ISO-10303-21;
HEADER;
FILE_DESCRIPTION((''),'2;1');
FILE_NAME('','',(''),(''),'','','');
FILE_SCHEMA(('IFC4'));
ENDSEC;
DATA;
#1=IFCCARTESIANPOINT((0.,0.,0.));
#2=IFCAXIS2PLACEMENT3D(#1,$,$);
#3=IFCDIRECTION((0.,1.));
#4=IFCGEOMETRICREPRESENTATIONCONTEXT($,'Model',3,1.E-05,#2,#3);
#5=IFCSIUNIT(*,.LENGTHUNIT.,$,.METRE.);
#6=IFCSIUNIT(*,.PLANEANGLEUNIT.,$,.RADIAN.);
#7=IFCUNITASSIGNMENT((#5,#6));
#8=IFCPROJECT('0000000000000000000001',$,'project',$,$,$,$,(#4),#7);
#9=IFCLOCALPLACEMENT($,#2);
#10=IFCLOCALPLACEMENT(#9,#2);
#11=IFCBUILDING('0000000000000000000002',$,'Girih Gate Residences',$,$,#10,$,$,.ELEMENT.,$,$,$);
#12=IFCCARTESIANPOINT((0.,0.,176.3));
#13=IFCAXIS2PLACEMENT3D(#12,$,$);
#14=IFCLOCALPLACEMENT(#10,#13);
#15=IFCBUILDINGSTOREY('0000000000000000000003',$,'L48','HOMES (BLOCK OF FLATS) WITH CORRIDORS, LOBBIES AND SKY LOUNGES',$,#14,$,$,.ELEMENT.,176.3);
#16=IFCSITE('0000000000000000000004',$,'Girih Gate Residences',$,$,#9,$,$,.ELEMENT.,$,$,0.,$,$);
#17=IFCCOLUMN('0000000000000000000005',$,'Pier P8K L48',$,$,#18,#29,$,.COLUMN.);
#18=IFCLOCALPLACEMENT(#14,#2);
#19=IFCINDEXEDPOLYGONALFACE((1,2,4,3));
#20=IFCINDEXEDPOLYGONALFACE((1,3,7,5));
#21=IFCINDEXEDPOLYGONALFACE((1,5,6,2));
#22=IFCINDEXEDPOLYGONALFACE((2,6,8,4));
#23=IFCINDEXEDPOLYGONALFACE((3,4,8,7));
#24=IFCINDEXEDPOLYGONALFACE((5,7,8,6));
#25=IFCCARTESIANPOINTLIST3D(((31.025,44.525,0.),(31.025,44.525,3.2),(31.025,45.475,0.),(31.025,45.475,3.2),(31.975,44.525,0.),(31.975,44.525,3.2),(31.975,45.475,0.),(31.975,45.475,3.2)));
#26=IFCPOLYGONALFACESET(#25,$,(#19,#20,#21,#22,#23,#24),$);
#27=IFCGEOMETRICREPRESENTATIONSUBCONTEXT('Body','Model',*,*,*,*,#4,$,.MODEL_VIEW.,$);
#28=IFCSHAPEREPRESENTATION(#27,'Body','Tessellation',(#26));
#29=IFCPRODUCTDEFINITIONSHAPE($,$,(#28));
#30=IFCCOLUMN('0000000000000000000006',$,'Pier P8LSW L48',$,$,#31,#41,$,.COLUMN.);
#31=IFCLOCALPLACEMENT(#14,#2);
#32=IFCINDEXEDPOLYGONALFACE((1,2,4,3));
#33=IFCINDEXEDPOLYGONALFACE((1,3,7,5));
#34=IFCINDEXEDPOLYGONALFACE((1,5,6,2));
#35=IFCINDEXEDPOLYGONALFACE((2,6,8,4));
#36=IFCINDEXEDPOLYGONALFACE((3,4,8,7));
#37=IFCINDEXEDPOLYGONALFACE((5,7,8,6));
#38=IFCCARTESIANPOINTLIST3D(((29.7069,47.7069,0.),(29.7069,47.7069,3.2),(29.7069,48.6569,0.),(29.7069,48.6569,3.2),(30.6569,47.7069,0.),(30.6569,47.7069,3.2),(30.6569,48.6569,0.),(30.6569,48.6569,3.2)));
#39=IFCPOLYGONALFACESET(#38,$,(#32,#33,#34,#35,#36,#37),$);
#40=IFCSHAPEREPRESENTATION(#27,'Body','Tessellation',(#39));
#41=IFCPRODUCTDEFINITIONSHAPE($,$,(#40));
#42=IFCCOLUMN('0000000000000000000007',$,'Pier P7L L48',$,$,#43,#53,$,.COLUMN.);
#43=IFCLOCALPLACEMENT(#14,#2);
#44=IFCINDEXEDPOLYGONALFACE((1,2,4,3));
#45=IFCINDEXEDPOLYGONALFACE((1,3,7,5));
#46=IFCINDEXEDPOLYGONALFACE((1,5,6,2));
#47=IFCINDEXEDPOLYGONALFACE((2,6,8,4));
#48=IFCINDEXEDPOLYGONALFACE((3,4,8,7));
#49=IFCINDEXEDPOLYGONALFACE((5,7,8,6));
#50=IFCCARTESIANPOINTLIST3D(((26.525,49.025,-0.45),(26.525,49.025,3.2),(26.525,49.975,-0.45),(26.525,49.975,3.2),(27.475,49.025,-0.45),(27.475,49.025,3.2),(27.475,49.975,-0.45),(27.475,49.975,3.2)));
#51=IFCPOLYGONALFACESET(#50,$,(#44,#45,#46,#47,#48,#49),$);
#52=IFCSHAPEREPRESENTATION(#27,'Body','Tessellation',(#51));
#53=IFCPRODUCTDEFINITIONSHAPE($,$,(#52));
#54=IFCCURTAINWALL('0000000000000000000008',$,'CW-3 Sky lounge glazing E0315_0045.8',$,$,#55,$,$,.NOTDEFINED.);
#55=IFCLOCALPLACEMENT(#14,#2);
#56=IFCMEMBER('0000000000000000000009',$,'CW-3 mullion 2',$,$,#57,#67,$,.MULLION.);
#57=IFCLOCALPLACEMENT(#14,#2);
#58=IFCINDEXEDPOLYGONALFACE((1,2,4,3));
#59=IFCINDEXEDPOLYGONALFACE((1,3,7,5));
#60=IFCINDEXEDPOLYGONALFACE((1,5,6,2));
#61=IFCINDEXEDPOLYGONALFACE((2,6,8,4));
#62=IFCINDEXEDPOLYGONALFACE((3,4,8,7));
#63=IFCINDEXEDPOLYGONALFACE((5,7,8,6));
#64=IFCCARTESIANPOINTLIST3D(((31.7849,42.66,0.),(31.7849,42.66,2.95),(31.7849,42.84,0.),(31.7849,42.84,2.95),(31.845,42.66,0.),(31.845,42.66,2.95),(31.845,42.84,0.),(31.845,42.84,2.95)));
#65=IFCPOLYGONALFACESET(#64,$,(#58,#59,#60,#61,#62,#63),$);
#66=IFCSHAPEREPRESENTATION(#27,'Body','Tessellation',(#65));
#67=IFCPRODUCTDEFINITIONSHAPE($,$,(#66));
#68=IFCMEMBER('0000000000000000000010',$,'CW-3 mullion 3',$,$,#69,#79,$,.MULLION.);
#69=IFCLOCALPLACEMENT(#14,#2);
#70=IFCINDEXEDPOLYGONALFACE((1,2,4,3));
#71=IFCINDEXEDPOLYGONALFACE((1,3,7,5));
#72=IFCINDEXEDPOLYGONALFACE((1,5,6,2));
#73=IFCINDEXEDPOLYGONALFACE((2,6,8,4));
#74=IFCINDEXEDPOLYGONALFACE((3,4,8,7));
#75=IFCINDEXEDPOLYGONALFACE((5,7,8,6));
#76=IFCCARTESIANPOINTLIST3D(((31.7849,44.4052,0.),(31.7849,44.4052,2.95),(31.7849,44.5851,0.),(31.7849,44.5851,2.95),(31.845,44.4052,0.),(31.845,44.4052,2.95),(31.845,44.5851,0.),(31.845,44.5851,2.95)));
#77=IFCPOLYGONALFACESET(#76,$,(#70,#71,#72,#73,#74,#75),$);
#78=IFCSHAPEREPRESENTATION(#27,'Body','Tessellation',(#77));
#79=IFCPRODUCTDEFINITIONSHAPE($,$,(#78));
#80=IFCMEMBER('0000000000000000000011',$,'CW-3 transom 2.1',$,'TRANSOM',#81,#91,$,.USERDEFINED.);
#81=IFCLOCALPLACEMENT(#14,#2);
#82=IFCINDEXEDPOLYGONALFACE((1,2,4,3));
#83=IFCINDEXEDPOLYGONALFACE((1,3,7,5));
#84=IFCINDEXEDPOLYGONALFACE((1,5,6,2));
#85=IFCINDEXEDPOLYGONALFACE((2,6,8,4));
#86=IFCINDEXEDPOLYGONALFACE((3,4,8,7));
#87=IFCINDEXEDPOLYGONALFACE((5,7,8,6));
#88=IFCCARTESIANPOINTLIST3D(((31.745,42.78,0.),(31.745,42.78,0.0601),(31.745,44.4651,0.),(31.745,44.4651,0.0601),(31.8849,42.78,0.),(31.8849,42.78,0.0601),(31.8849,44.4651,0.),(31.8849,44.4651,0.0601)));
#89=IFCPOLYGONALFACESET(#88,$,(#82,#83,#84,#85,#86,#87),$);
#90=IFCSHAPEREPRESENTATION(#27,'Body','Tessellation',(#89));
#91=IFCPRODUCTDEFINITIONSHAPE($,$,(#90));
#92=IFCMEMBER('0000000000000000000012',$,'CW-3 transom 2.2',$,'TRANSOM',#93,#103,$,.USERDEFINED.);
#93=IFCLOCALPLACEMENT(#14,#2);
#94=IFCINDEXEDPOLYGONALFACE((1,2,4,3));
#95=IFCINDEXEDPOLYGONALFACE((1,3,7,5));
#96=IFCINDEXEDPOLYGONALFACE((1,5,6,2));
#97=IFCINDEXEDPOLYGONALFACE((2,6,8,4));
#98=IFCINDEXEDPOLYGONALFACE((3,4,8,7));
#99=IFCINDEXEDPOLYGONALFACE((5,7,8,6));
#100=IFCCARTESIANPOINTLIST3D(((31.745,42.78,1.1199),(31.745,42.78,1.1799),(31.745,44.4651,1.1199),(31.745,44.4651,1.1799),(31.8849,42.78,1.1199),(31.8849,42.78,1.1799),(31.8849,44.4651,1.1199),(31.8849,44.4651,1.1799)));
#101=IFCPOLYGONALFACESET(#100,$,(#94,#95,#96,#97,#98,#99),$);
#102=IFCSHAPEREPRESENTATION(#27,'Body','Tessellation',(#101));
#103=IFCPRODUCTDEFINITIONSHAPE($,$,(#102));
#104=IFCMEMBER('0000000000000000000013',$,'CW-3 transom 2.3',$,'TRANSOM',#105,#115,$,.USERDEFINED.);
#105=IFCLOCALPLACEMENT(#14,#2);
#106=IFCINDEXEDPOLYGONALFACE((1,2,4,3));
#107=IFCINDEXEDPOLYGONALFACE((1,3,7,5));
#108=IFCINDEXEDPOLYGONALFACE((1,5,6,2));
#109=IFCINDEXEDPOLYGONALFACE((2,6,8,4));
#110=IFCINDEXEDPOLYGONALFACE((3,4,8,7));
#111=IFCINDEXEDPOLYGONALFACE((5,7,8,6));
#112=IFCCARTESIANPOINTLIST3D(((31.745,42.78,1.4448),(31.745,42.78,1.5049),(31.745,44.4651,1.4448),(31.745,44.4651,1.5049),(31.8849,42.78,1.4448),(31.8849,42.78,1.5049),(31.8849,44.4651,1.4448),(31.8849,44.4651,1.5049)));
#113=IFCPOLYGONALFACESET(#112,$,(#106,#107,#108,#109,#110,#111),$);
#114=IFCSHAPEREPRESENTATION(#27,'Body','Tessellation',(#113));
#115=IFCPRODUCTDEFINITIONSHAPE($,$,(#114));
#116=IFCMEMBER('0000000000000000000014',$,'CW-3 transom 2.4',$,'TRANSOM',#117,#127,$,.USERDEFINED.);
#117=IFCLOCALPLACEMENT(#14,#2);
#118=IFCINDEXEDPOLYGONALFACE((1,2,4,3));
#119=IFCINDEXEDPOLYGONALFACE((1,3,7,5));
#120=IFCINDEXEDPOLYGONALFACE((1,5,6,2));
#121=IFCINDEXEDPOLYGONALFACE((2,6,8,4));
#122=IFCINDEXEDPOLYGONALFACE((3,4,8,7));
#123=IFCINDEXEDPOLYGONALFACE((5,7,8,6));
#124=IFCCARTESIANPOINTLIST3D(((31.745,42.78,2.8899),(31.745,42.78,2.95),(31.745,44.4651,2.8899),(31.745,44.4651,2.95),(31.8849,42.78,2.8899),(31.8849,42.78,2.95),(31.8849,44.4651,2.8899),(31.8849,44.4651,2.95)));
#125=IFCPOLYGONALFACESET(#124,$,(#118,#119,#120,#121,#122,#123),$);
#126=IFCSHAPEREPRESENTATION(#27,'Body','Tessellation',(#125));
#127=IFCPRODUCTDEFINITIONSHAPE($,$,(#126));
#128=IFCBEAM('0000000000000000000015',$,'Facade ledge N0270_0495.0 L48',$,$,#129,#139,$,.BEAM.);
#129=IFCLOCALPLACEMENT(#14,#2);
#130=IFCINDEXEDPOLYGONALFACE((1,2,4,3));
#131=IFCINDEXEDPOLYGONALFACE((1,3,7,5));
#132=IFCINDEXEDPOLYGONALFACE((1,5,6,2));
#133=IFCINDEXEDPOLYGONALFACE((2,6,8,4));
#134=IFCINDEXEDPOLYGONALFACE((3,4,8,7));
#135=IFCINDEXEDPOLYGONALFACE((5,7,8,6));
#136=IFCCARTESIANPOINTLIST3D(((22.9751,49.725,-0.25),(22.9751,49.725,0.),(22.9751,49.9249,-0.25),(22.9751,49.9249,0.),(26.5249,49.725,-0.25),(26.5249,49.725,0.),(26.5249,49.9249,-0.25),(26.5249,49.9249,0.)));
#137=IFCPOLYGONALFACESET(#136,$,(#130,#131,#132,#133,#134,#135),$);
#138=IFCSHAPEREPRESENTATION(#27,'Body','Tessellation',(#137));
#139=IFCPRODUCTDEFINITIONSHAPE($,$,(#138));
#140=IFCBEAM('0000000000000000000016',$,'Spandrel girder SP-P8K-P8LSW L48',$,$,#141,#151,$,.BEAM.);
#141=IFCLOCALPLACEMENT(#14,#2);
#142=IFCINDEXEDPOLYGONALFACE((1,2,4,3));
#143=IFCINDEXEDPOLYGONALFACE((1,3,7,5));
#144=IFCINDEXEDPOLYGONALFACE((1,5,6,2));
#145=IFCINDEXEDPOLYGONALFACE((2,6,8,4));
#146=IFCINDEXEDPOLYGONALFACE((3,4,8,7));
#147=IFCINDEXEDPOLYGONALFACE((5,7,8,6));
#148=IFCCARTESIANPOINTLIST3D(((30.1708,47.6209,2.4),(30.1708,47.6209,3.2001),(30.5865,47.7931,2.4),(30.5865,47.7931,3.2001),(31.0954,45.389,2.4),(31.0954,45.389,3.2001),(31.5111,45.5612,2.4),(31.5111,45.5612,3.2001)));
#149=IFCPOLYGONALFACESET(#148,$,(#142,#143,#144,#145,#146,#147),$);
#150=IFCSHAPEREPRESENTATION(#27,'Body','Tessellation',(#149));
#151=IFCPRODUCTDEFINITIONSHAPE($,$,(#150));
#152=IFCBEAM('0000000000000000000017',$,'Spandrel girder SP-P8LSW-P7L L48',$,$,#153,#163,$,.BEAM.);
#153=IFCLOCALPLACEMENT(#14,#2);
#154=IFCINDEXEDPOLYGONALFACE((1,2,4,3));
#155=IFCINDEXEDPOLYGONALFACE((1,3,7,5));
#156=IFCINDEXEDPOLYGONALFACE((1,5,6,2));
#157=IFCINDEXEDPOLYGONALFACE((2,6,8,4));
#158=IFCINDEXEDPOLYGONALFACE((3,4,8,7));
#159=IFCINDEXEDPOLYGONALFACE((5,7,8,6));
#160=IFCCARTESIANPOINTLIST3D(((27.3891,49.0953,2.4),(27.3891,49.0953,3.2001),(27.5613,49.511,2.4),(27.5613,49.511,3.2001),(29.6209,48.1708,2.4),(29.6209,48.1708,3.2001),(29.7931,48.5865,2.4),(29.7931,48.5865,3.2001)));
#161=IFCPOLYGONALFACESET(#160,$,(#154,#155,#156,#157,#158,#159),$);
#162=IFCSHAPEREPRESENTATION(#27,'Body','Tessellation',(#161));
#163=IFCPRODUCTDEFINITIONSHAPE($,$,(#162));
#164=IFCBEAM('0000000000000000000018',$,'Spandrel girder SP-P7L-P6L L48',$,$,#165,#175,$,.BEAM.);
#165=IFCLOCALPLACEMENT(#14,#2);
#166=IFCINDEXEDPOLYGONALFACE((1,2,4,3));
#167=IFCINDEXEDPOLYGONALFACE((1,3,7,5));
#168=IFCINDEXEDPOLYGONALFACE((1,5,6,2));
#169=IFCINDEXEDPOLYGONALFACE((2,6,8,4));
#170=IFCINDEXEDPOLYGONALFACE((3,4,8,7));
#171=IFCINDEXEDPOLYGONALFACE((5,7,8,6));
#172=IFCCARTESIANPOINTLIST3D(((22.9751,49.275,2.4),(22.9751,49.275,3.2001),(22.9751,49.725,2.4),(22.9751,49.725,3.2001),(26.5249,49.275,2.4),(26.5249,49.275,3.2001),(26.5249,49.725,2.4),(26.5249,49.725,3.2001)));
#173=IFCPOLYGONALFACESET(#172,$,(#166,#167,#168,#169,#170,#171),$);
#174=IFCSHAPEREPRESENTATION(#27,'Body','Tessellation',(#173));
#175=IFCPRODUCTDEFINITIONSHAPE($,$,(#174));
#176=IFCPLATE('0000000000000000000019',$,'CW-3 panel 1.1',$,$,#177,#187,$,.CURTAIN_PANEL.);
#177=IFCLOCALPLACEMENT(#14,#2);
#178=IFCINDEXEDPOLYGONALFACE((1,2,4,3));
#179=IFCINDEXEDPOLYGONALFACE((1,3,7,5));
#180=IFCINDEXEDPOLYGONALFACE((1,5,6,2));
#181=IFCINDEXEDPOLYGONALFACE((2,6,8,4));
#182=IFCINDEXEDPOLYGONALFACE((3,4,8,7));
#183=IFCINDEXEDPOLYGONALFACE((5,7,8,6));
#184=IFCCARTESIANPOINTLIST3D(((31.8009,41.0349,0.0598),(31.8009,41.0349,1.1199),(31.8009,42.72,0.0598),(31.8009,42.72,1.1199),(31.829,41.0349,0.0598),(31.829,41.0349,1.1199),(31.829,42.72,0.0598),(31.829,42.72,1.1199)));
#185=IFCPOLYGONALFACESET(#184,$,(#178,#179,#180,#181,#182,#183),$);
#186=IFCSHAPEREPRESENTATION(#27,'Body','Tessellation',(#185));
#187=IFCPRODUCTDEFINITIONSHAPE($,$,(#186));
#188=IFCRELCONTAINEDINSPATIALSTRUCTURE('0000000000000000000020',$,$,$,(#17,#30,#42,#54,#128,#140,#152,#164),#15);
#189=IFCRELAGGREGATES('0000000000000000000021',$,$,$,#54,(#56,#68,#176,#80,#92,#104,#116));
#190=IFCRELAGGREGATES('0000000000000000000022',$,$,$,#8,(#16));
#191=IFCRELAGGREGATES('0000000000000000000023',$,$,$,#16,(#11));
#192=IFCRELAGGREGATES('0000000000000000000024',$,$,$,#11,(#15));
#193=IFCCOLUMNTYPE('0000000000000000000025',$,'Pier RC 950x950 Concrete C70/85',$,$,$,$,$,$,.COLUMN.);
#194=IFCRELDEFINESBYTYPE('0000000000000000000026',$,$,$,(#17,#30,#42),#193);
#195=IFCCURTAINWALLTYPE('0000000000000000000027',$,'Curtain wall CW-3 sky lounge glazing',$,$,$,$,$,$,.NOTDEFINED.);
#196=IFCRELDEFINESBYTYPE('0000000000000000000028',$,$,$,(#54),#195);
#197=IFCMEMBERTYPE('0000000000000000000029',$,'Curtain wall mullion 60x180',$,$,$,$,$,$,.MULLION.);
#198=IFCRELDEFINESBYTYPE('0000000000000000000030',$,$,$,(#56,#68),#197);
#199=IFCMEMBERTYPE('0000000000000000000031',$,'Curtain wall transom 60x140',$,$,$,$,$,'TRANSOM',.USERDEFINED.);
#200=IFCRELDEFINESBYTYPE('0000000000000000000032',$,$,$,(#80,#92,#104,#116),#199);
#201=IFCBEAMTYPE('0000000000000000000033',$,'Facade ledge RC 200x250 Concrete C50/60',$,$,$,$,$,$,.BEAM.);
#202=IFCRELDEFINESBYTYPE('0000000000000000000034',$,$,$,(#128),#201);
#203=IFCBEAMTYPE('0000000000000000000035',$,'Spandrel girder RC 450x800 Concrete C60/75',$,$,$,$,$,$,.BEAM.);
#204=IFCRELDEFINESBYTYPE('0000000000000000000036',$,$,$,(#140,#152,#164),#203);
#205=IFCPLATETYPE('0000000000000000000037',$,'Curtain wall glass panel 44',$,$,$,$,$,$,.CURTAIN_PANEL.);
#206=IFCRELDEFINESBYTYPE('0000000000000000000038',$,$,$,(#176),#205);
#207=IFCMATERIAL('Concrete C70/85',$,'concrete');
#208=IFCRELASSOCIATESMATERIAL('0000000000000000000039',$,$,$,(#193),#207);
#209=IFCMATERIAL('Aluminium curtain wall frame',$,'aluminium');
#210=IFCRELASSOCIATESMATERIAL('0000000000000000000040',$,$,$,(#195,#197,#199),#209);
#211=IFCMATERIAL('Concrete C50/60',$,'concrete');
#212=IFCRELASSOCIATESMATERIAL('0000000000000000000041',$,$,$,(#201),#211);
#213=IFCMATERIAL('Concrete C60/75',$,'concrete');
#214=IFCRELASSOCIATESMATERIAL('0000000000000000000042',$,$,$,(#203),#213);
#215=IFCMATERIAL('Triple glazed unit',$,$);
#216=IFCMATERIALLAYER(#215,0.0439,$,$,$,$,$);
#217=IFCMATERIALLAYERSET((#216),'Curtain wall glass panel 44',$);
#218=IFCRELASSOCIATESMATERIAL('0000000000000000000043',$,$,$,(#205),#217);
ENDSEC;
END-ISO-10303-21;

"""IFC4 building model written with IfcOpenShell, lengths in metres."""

from ifc_helpers import new_model, si_unit, direction, frame, origin, origin_2d, place, context, subcontext, project, spatial, rectangle, extrude, material, layer, layer_set, material_profile, profile_set, type_object, element, aggregate, save


model = new_model("IFC4")

# Units and contexts
model_context = context("Model", 3, precision=1e-05, world=origin(), true_north=direction((0.0, 1.0)))
body_context = subcontext(model_context, "Body", "Model", "MODEL_VIEW")
ifc_project = project(units=[si_unit("LENGTHUNIT", "METRE"), si_unit("PLANEANGLEUNIT", "RADIAN")], contexts=[model_context])

# Site, building, storey
site_placement = place(None, origin())
site = spatial("IfcSite", under=ifc_project, at=site_placement, Name="Girih Gate Residences", CompositionType="ELEMENT", RefElevation=0.0)
building_placement = place(site_placement, origin())
building = spatial("IfcBuilding", under=site, at=building_placement, Name="Girih Gate Residences", CompositionType="ELEMENT")
storey_placement = place(building_placement, frame((0.0, 0.0, 176.3)))
storey = spatial("IfcBuildingStorey", under=building, at=storey_placement, Name="L48", Description="HOMES (BLOCK OF FLATS) WITH CORRIDORS, LOBBIES AND SKY LOUNGES", CompositionType="ELEMENT", Elevation=176.3)

# Columns
ifc_material_1 = material(Name="Concrete C70/85", Category="concrete")
ifc_material_profile_1 = material_profile(ifc_material_1, rectangle(XDim=0.95, YDim=0.95, at=origin_2d()))
ifc_profile_set_1 = profile_set([ifc_material_profile_1], Name="Concrete C70/85")
column_type = type_object("IfcColumnType", Name="Pier RC 950x950 Concrete C70/85", PredefinedType="COLUMN", material=ifc_profile_set_1)
for number, where, z_axis, x_axis, name in (
    (1, (31.5, 45.0, 0.0), (0.0, 0.0, 1.0), (1.0, 0.0, 0.0), "Pier P8K L48"),
    (2, (30.1819, 48.1819, 0.0), (0.0, 0.0, 1.0), (1.0, 0.0, 0.0), "Pier P8LSW L48"),
):
    element("IfcColumn", number, at=place(storey_placement, frame(where, z_axis=z_axis, x_axis=x_axis)), inside=storey, type_object=column_type, Name=name, PredefinedType="COLUMN", context=body_context, shape_type="SweptSolid", body=[
        extrude(rectangle(XDim=0.95, YDim=0.95, at=origin_2d()), origin(), (0.0, 0.0, 1.0), 3.2),
    ])
column_placement = place(storey_placement, frame((27.0, 49.5, -0.45), z_axis=(0.0, 0.0, 1.0), x_axis=(1.0, 0.0, 0.0)))
element("IfcColumn", 3, at=column_placement, inside=storey, type_object=column_type, Name="Pier P7L L48", PredefinedType="COLUMN", context=body_context, shape_type="SweptSolid", body=[
    extrude(rectangle(XDim=0.95, YDim=0.95, at=origin_2d()), origin(), (0.0, 0.0, 1.0), 3.6499),
])

# Curtain wall, members
ifc_material_2 = material(Name="Aluminium curtain wall frame", Category="aluminium")
curtain_wall_type = type_object("IfcCurtainWallType", Name="Curtain wall CW-3 sky lounge glazing", PredefinedType="NOTDEFINED", material=ifc_material_2)
curtain_wall_placement = place(storey_placement, origin())
curtain_wall = element("IfcCurtainWall", 4, at=curtain_wall_placement, inside=storey, type_object=curtain_wall_type, Name="CW-3 Sky lounge glazing E0315_0045.8", PredefinedType="NOTDEFINED")
ifc_material_profile_2 = material_profile(ifc_material_2, rectangle(XDim=0.0601, YDim=0.1799, at=origin_2d()))
ifc_profile_set_2 = profile_set([ifc_material_profile_2], Name="Aluminium curtain wall frame")
member_type_1 = type_object("IfcMemberType", Name="Curtain wall mullion 60x180", PredefinedType="MULLION", material=ifc_profile_set_2)
member_1_placement = place(storey_placement, frame((31.8149, 42.75, 0.0), z_axis=(0.0, 0.0, 1.0), x_axis=(-1.0, 0.0, 0.0)))
member_1 = element("IfcMember", 5, at=member_1_placement, type_object=member_type_1, Name="CW-3 mullion 2", PredefinedType="MULLION", context=body_context, shape_type="SweptSolid", body=[
    extrude(rectangle(XDim=0.0601, YDim=0.1799, at=origin_2d()), origin(), (0.0, 0.0, 1.0), 2.95),
])
member_2_placement = place(storey_placement, frame((31.8149, 44.4951, 0.0), z_axis=(0.0, 0.0, 1.0), x_axis=(-1.0, 0.0, 0.0)))
member_2 = element("IfcMember", 6, at=member_2_placement, type_object=member_type_1, Name="CW-3 mullion 3", PredefinedType="MULLION", context=body_context, shape_type="SweptSolid", body=[
    extrude(rectangle(XDim=0.0601, YDim=0.1799, at=origin_2d()), origin(), (0.0, 0.0, 1.0), 2.95),
])
ifc_material_profile_3 = material_profile(ifc_material_2, rectangle(XDim=0.1399, YDim=0.0601, at=origin_2d()))
ifc_profile_set_3 = profile_set([ifc_material_profile_3], Name="Aluminium curtain wall frame")
member_type_2 = type_object("IfcMemberType", Name="Curtain wall transom 60x140", ElementType="TRANSOM", PredefinedType="USERDEFINED", material=ifc_profile_set_3)
member_3_placement = place(storey_placement, frame((31.8149, 42.78, 0.03), z_axis=(0.0, 1.0, 0.0), x_axis=(-1.0, 0.0, 0.0)))
member_3 = element("IfcMember", 7, at=member_3_placement, type_object=member_type_2, Name="CW-3 transom 2.1", ObjectType="TRANSOM", PredefinedType="USERDEFINED", context=body_context, shape_type="SweptSolid", body=[
    extrude(rectangle(XDim=0.1399, YDim=0.0601, at=origin_2d()), origin(), (0.0, 0.0, 1.0), 1.6851),
])
member_4_placement = place(storey_placement, frame((31.8149, 42.78, 1.1499), z_axis=(0.0, 1.0, 0.0), x_axis=(-1.0, 0.0, 0.0)))
member_4 = element("IfcMember", 8, at=member_4_placement, type_object=member_type_2, Name="CW-3 transom 2.2", ObjectType="TRANSOM", PredefinedType="USERDEFINED", context=body_context, shape_type="SweptSolid", body=[
    extrude(rectangle(XDim=0.1399, YDim=0.0601, at=origin_2d()), origin(), (0.0, 0.0, 1.0), 1.6851),
])
member_5_placement = place(storey_placement, frame((31.8149, 42.78, 1.4749), z_axis=(0.0, 1.0, 0.0), x_axis=(-1.0, 0.0, 0.0)))
member_5 = element("IfcMember", 9, at=member_5_placement, type_object=member_type_2, Name="CW-3 transom 2.3", ObjectType="TRANSOM", PredefinedType="USERDEFINED", context=body_context, shape_type="SweptSolid", body=[
    extrude(rectangle(XDim=0.1399, YDim=0.0601, at=origin_2d()), origin(), (0.0, 0.0, 1.0), 1.6851),
])
member_6_placement = place(storey_placement, frame((31.8149, 42.78, 2.9199), z_axis=(0.0, 1.0, 0.0), x_axis=(-1.0, 0.0, 0.0)))
member_6 = element("IfcMember", 10, at=member_6_placement, type_object=member_type_2, Name="CW-3 transom 2.4", ObjectType="TRANSOM", PredefinedType="USERDEFINED", context=body_context, shape_type="SweptSolid", body=[
    extrude(rectangle(XDim=0.1399, YDim=0.0601, at=origin_2d()), origin(), (0.0, 0.0, 1.0), 1.6851),
])

# Beams
ifc_material_3 = material(Name="Concrete C50/60", Category="concrete")
ifc_material_profile_4 = material_profile(ifc_material_3, rectangle(XDim=0.2, YDim=0.25, at=origin_2d()))
ifc_profile_set_4 = profile_set([ifc_material_profile_4], Name="Concrete C50/60")
beam_type_1 = type_object("IfcBeamType", Name="Facade ledge RC 200x250 Concrete C50/60", PredefinedType="BEAM", material=ifc_profile_set_4)
beam_1_placement = place(storey_placement, frame((26.5249, 49.825, -0.125), z_axis=(-1.0, 0.0, 0.0), x_axis=(0.0, -1.0, 0.0)))
element("IfcBeam", 11, at=beam_1_placement, inside=storey, type_object=beam_type_1, Name="Facade ledge N0270_0495.0 L48", PredefinedType="BEAM", context=body_context, shape_type="SweptSolid", body=[
    extrude(rectangle(XDim=0.2, YDim=0.25, at=origin_2d()), origin(), (0.0, 0.0, 1.0), 3.5498),
])
ifc_material_4 = material(Name="Concrete C60/75", Category="concrete")
ifc_material_profile_5 = material_profile(ifc_material_4, rectangle(XDim=0.45, YDim=0.8, at=origin_2d()))
ifc_profile_set_5 = profile_set([ifc_material_profile_5], Name="Concrete C60/75")
beam_type_2 = type_object("IfcBeamType", Name="Spandrel girder RC 450x800 Concrete C60/75", PredefinedType="BEAM", material=ifc_profile_set_5)
for number, where, z_axis, x_axis, name in (
    (12, (31.3032, 45.4751, 2.8), (-0.382706, 0.92387, 0.0), (-0.92387, -0.382706, 0.0), "Spandrel girder SP-P8K-P8LSW L48"),
    (13, (29.707, 48.3787, 2.8), (-0.92387, 0.382706, 0.0), (-0.382706, -0.92387, 0.0), "Spandrel girder SP-P8LSW-P7L L48"),
):
    element("IfcBeam", number, at=place(storey_placement, frame(where, z_axis=z_axis, x_axis=x_axis)), inside=storey, type_object=beam_type_2, Name=name, PredefinedType="BEAM", context=body_context, shape_type="SweptSolid", body=[
        extrude(rectangle(XDim=0.45, YDim=0.8, at=origin_2d()), origin(), (0.0, 0.0, 1.0), 2.4158),
    ])
beam_2_placement = place(storey_placement, frame((26.5249, 49.5, 2.8), z_axis=(-1.0, 0.0, 0.0), x_axis=(0.0, -1.0, 0.0)))
element("IfcBeam", 14, at=beam_2_placement, inside=storey, type_object=beam_type_2, Name="Spandrel girder SP-P7L-P6L L48", PredefinedType="BEAM", context=body_context, shape_type="SweptSolid", body=[
    extrude(rectangle(XDim=0.45, YDim=0.8, at=origin_2d()), origin(), (0.0, 0.0, 1.0), 3.5498),
])

# Plate
ifc_material_5 = material(Name="Triple glazed unit")
ifc_layer_1 = layer(ifc_material_5, 0.0439)
ifc_layer_set_1 = layer_set([ifc_layer_1], Name="Curtain wall glass panel 44")
plate_type = type_object("IfcPlateType", Name="Curtain wall glass panel 44", PredefinedType="CURTAIN_PANEL", material=ifc_layer_set_1)
plate_1_placement = place(storey_placement, frame((31.8149, 41.8774, 0.0598), z_axis=(0.0, 0.0, 1.0), x_axis=(0.0, 1.0, 0.0)))
plate_1 = element("IfcPlate", 15, at=plate_1_placement, type_object=plate_type, Name="CW-3 panel 1.1", PredefinedType="CURTAIN_PANEL", context=body_context, shape_type="SweptSolid", body=[
    extrude(rectangle(XDim=1.6851, YDim=0.0281, at=origin_2d()), origin(), (0.0, 0.0, 1.0), 1.0601),
])
aggregate(curtain_wall, [member_1, member_2, plate_1, member_3, member_4, member_5, member_6])

save(model, "model.ifc")
